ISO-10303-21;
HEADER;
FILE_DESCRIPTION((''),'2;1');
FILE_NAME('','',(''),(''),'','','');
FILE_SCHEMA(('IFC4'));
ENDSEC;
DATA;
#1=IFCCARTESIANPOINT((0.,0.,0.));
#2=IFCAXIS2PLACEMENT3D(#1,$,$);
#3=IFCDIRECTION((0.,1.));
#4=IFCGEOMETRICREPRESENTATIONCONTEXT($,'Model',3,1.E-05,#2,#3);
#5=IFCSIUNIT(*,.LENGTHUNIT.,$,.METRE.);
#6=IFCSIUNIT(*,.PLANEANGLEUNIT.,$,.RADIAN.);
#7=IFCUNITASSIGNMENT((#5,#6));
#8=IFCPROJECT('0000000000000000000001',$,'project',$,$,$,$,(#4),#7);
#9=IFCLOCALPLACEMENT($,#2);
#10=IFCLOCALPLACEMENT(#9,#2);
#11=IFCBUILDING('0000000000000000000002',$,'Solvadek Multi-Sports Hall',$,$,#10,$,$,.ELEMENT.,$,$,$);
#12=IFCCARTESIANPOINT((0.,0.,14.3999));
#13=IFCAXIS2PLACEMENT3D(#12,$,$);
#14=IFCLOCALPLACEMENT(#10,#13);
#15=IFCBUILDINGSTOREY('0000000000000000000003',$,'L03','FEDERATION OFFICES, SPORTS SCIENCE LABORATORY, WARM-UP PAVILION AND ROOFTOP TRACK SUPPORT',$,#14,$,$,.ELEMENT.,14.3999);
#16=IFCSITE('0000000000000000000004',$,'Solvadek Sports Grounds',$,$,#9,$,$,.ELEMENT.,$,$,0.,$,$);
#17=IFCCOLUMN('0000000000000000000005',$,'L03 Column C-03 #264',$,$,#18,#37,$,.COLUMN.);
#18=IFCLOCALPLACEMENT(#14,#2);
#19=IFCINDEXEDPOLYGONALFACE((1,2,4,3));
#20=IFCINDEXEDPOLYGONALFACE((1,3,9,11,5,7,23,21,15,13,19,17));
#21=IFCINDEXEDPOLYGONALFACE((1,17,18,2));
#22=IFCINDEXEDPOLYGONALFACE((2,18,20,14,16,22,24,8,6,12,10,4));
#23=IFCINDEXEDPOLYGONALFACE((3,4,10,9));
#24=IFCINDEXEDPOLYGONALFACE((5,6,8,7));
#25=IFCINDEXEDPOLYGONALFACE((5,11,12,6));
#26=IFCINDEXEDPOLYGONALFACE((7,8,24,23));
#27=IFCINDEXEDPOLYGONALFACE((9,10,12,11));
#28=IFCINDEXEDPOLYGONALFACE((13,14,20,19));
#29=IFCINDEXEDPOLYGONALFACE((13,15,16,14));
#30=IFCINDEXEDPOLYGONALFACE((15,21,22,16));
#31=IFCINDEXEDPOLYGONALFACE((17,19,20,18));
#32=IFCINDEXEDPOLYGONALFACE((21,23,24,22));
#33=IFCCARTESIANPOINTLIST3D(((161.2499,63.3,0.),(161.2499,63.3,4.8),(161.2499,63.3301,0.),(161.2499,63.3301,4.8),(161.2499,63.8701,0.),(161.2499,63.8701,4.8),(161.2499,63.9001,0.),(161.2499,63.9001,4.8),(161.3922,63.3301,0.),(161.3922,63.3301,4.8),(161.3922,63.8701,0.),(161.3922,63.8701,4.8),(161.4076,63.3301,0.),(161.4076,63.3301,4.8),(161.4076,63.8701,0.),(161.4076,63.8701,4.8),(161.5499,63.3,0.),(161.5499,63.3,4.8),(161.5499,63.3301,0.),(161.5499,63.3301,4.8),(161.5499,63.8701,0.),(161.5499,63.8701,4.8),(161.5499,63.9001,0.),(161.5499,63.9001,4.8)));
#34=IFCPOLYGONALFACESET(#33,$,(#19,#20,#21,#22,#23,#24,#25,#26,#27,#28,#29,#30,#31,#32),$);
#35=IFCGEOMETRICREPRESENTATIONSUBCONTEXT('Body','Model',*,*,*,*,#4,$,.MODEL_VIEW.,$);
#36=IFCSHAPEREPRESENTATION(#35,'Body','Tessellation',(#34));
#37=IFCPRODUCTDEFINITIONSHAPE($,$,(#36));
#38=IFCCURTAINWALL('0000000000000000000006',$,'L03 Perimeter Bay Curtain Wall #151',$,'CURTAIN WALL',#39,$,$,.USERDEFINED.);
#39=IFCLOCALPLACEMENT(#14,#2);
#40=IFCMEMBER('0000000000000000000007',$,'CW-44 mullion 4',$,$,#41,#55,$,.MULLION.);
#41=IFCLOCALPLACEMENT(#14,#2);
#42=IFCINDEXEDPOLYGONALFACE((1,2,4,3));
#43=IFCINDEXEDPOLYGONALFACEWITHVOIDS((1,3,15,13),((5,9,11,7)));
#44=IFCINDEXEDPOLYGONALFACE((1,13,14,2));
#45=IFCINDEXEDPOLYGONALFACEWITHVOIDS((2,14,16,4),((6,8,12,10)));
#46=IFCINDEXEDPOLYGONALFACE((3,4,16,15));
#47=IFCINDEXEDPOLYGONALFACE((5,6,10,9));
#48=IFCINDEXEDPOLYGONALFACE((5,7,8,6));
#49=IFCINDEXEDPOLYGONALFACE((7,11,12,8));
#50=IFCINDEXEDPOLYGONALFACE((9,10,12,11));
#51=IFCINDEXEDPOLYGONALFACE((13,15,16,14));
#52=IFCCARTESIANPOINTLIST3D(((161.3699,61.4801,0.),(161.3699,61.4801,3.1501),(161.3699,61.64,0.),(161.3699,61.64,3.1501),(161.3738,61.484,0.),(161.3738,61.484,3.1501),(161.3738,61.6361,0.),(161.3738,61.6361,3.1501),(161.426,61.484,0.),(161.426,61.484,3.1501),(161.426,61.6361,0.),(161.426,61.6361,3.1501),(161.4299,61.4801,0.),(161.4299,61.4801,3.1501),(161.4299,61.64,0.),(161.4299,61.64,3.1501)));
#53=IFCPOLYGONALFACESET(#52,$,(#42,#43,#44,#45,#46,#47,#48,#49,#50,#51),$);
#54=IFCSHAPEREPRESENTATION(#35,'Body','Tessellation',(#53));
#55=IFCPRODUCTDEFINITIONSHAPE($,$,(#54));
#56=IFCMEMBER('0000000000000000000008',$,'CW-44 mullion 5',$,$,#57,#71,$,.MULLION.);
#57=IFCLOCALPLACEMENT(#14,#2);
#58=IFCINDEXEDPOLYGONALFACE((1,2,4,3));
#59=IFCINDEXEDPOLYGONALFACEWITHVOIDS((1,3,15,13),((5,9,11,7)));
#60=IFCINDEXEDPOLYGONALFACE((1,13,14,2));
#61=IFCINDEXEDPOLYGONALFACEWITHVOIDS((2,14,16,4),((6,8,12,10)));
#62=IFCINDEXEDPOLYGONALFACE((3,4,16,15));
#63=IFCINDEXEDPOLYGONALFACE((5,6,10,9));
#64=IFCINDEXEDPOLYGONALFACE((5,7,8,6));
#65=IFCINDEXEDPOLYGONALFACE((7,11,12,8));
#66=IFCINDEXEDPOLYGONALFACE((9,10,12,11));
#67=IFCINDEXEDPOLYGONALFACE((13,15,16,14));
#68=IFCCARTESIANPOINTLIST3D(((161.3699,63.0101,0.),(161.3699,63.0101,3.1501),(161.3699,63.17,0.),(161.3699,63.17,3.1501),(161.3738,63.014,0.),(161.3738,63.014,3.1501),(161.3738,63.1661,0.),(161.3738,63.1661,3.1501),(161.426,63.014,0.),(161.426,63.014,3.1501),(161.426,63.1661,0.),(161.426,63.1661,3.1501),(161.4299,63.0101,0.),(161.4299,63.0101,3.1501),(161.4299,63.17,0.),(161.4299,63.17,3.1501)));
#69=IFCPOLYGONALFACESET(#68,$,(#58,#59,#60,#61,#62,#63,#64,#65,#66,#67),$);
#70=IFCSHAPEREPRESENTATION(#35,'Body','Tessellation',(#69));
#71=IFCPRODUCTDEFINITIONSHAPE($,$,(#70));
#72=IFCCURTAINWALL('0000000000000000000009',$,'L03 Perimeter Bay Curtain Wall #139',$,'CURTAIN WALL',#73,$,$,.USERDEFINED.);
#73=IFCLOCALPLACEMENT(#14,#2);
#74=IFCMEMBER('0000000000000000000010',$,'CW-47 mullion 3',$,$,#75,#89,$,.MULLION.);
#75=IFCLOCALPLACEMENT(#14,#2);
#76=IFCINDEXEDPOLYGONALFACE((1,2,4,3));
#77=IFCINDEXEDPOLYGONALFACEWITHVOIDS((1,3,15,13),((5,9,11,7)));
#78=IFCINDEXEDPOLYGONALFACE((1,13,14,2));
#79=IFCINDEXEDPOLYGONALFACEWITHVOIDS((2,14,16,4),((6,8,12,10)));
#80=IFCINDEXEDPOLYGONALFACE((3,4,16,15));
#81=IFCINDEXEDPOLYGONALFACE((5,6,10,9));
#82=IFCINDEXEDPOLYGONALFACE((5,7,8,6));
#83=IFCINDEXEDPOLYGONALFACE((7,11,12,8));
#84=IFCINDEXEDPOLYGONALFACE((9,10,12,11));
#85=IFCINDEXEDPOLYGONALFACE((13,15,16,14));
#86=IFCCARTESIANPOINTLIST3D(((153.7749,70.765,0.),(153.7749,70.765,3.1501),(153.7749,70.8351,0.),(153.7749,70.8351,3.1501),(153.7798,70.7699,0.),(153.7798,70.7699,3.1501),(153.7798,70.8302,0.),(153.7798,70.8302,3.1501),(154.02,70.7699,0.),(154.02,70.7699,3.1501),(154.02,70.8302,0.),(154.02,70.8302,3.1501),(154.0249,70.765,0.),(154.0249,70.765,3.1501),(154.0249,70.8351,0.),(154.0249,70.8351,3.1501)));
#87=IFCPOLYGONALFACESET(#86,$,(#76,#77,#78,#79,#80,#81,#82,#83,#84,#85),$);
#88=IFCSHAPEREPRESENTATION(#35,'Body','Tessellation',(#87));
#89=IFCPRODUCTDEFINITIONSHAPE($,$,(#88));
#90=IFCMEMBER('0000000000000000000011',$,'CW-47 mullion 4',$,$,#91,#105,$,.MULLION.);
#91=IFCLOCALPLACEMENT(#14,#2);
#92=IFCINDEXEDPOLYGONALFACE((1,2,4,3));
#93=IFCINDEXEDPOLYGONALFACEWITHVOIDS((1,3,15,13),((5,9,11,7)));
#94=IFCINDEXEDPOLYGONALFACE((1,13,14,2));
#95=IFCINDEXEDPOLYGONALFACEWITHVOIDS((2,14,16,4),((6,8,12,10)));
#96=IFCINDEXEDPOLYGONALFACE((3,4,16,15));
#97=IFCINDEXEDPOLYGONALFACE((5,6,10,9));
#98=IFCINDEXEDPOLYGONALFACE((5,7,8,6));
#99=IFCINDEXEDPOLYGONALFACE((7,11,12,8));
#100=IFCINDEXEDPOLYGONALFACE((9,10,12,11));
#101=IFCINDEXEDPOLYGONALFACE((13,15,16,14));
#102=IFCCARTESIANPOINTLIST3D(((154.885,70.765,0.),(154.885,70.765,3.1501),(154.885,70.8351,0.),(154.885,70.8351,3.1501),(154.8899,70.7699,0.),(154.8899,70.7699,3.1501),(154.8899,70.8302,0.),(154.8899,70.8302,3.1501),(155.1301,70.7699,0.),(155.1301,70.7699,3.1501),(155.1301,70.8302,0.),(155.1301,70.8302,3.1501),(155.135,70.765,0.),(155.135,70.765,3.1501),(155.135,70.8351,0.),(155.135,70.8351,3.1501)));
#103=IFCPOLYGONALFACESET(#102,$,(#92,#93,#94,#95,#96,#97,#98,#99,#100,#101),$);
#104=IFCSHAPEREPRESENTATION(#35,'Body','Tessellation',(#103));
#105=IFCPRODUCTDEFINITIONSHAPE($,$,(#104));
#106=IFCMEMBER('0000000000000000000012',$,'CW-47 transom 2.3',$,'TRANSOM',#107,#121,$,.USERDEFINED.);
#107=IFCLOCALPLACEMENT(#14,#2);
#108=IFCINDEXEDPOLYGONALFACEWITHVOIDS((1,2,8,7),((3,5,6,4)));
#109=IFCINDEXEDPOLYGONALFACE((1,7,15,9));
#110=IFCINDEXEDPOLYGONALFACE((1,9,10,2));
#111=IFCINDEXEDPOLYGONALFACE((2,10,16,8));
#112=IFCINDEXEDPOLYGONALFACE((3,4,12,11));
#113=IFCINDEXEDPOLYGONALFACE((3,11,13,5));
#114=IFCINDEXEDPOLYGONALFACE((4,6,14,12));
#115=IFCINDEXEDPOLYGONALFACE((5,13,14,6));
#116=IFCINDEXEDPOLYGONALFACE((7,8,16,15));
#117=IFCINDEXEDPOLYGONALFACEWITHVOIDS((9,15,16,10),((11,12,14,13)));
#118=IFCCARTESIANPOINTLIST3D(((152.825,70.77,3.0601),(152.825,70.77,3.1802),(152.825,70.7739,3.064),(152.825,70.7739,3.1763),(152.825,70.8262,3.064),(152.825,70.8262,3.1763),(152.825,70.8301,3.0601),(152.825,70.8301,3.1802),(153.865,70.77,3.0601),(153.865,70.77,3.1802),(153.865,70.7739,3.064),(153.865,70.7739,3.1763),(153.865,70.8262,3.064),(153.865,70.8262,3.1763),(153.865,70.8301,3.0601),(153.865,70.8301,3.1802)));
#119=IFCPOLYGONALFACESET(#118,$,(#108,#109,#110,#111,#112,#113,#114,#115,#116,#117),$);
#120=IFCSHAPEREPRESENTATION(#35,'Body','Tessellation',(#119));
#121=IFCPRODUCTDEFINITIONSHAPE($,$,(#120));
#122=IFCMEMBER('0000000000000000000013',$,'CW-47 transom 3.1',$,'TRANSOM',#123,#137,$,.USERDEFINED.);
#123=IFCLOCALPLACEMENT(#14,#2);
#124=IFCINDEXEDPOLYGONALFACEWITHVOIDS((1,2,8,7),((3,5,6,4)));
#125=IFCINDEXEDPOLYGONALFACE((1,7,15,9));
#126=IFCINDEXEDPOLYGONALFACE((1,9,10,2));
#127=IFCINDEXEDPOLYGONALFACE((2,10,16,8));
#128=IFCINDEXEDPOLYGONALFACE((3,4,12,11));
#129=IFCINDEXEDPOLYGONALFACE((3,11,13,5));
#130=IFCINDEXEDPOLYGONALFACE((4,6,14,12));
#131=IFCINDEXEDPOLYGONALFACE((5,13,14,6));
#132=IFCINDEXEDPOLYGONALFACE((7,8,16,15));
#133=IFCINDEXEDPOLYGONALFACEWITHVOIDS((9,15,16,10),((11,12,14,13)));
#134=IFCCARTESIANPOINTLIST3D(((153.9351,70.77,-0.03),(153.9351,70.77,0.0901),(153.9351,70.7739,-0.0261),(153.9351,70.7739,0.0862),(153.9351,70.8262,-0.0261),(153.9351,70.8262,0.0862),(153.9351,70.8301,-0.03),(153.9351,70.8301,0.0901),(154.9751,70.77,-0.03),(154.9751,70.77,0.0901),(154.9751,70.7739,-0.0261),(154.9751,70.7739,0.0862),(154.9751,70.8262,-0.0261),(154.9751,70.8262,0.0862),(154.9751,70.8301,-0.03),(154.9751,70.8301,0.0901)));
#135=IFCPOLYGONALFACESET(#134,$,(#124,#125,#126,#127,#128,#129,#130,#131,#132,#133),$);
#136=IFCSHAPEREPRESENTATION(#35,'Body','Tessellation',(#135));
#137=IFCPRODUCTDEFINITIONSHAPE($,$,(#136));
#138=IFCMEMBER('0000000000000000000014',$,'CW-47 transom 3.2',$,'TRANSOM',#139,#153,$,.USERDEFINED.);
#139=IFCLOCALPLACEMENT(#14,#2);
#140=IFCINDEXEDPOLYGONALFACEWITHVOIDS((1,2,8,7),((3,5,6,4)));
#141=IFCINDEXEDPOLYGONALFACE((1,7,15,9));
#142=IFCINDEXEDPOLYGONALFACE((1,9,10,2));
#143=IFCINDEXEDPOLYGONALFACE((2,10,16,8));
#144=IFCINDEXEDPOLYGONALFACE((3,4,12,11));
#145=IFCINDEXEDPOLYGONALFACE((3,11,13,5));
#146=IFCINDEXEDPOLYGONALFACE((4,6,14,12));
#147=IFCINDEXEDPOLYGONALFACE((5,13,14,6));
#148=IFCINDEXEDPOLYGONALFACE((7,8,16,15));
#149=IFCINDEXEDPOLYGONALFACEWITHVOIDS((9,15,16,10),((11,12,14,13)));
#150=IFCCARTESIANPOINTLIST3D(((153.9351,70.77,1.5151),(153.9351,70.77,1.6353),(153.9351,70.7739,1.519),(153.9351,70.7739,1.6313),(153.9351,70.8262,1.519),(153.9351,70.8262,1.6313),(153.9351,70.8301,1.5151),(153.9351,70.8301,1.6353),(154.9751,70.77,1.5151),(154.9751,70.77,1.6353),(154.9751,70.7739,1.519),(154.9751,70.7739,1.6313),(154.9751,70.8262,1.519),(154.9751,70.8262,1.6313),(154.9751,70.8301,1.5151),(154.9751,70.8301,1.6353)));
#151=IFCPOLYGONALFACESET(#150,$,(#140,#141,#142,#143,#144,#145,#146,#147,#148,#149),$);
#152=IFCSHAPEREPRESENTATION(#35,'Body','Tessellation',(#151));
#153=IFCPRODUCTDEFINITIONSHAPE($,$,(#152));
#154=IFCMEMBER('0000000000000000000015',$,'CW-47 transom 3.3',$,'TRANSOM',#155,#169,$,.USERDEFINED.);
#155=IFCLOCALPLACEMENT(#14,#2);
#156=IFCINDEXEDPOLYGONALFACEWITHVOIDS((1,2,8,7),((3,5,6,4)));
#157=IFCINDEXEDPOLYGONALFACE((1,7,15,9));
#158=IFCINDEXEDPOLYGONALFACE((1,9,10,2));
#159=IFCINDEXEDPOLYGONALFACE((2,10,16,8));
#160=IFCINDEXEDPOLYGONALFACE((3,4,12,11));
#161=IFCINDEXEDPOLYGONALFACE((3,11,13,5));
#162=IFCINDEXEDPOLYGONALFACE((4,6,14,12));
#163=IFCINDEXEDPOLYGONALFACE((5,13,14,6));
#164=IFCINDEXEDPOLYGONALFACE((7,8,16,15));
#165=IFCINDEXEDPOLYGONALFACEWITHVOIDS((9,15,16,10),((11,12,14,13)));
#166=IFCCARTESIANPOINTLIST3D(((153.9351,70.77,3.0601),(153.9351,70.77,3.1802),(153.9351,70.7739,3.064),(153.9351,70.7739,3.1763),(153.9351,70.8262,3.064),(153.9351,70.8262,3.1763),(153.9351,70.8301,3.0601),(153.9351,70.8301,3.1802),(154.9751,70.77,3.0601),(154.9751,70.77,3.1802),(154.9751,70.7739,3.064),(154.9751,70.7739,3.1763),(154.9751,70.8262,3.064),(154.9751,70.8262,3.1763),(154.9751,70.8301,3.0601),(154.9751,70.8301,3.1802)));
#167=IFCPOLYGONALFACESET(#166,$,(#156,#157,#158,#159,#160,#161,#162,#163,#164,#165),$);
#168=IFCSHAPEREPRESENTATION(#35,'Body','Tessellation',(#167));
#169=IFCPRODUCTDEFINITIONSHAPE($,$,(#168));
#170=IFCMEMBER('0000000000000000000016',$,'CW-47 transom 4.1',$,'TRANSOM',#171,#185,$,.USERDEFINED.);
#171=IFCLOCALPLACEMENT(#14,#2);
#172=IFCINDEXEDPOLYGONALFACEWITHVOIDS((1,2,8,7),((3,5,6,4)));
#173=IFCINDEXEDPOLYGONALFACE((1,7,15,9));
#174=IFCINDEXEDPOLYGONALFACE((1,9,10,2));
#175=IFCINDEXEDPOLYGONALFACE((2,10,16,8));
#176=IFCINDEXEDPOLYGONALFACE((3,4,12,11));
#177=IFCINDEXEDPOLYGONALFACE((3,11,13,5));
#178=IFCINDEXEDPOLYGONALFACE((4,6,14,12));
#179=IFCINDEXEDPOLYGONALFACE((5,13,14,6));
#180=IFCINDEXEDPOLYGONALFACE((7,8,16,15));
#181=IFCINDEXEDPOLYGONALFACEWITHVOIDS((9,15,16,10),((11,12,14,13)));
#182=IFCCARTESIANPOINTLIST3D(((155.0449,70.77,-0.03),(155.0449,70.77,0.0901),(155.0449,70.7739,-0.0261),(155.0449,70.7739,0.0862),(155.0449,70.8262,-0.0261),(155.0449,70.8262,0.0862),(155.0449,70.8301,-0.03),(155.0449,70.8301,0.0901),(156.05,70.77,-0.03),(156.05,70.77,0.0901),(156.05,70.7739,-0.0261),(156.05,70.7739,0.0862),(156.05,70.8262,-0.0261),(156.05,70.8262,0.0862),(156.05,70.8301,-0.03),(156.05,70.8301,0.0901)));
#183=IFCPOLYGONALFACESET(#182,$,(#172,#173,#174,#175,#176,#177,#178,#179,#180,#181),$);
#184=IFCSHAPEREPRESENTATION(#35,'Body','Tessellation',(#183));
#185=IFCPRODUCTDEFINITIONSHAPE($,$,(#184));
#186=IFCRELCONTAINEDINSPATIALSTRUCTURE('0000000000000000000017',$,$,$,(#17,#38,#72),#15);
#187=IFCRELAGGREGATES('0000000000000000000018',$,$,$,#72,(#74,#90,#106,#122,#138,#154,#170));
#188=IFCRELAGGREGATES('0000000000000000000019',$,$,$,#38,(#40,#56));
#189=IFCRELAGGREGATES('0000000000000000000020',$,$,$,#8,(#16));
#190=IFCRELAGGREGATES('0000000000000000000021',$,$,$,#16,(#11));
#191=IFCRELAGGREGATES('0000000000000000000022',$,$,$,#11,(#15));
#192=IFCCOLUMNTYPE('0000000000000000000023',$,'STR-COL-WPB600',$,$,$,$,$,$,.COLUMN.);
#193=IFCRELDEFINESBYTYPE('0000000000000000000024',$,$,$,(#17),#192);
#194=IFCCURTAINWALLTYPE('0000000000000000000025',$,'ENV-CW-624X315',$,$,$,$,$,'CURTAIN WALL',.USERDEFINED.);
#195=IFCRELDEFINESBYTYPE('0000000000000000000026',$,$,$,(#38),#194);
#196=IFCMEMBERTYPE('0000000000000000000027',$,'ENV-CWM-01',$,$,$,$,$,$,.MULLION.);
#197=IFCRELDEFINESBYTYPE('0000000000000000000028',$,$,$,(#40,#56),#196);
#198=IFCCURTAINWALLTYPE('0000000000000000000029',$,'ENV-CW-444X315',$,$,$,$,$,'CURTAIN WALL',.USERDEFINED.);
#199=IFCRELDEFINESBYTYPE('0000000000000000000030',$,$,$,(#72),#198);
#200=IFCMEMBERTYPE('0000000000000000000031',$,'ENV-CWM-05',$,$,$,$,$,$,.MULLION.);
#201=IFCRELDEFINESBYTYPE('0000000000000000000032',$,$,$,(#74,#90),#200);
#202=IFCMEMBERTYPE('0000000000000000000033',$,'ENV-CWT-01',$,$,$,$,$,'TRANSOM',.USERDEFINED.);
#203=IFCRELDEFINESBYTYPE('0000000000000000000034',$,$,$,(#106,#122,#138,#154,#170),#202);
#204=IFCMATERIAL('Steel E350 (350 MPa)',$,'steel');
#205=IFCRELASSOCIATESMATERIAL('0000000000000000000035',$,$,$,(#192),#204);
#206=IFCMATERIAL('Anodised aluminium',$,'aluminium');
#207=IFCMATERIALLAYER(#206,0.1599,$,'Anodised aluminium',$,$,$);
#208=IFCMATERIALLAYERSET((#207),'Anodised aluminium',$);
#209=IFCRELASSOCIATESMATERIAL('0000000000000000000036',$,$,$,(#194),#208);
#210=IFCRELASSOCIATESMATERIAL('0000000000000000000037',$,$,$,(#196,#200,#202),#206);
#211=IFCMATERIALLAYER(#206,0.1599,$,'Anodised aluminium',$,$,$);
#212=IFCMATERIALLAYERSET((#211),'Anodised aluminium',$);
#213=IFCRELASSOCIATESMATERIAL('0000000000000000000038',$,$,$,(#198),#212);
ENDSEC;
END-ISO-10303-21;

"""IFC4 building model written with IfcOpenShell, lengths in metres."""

from ifc_helpers import new_model, si_unit, direction, frame, origin, origin_2d, place, context, subcontext, project, spatial, hollow_rectangle, i_section, extrude, material, layer, layer_set, material_profile, profile_set, type_object, element, aggregate, save


model = new_model("IFC4")

# Units and contexts
model_context = context("Model", 3, precision=1e-05, world=origin(), true_north=direction((0.0, 1.0)))
body_context = subcontext(model_context, "Body", "Model", "MODEL_VIEW")
ifc_project = project(units=[si_unit("LENGTHUNIT", "METRE"), si_unit("PLANEANGLEUNIT", "RADIAN")], contexts=[model_context])

# Site, building, storey
site_placement = place(None, origin())
site = spatial("IfcSite", under=ifc_project, at=site_placement, Name="Solvadek Sports Grounds", CompositionType="ELEMENT", RefElevation=0.0)
building_placement = place(site_placement, origin())
building = spatial("IfcBuilding", under=site, at=building_placement, Name="Solvadek Multi-Sports Hall", CompositionType="ELEMENT")
storey_placement = place(building_placement, frame((0.0, 0.0, 14.3999)))
storey = spatial("IfcBuildingStorey", under=building, at=storey_placement, Name="L03", Description="FEDERATION OFFICES, SPORTS SCIENCE LABORATORY, WARM-UP PAVILION AND ROOFTOP TRACK SUPPORT", CompositionType="ELEMENT", Elevation=14.3999)

# Column
ifc_material_1 = material(Name="Steel E350 (350 MPa)", Category="steel")
ifc_material_profile_1 = material_profile(ifc_material_1, i_section(OverallWidth=0.3, OverallDepth=0.6001, WebThickness=0.0154, FlangeThickness=0.03, at=origin_2d()), Name="WPB 600")
ifc_profile_set_1 = profile_set([ifc_material_profile_1], Name="Steel E350 (350 MPa)")
column_type = type_object("IfcColumnType", Name="STR-COL-WPB600", PredefinedType="COLUMN", material=ifc_profile_set_1)
column_placement = place(storey_placement, frame((161.3999, 63.6001, 0.0), z_axis=(0.0, 0.0, 1.0), x_axis=(1.0, 0.0, 0.0)))
element("IfcColumn", 1, at=column_placement, inside=storey, type_object=column_type, Name="L03 Column C-03 #264", PredefinedType="COLUMN", context=body_context, shape_type="SweptSolid", body=[
    extrude(i_section(OverallWidth=0.3, OverallDepth=0.6001, WebThickness=0.0154, FlangeThickness=0.03, at=origin_2d()), origin(), (0.0, 0.0, 1.0), 4.8),
])

# Curtain walls, members
ifc_material_2 = material(Name="Anodised aluminium", Category="aluminium")
ifc_layer_1 = layer(ifc_material_2, 0.1599, Name="Anodised aluminium")
ifc_layer_set_1 = layer_set([ifc_layer_1], Name="Anodised aluminium")
curtain_wall_type_1 = type_object("IfcCurtainWallType", Name="ENV-CW-624X315", ElementType="CURTAIN WALL", PredefinedType="USERDEFINED", material=ifc_layer_set_1)
curtain_wall_1_placement = place(storey_placement, origin())
curtain_wall_1 = element("IfcCurtainWall", 2, at=curtain_wall_1_placement, inside=storey, type_object=curtain_wall_type_1, Name="L03 Perimeter Bay Curtain Wall #151", ObjectType="CURTAIN WALL", PredefinedType="USERDEFINED")
ifc_material_profile_2 = material_profile(ifc_material_2, hollow_rectangle(XDim=0.0601, YDim=0.1599, WallThickness=0.0039, at=origin_2d()), Name="ALU-M 160x60x4")
ifc_profile_set_2 = profile_set([ifc_material_profile_2], Name="Anodised aluminium")
member_type_1 = type_object("IfcMemberType", Name="ENV-CWM-01", PredefinedType="MULLION", material=ifc_profile_set_2)
member_1_placement = place(storey_placement, frame((161.3999, 61.5601, 0.0), z_axis=(0.0, 0.0, 1.0), x_axis=(-1.0, 0.0, 0.0)))
member_1 = element("IfcMember", 3, at=member_1_placement, type_object=member_type_1, Name="CW-44 mullion 4", PredefinedType="MULLION", context=body_context, shape_type="SweptSolid", body=[
    extrude(hollow_rectangle(XDim=0.0601, YDim=0.1599, WallThickness=0.0039, at=origin_2d()), origin(), (0.0, 0.0, 1.0), 3.1501),
])
member_2_placement = place(storey_placement, frame((161.3999, 63.0901, 0.0), z_axis=(0.0, 0.0, 1.0), x_axis=(-1.0, 0.0, 0.0)))
member_2 = element("IfcMember", 4, at=member_2_placement, type_object=member_type_1, Name="CW-44 mullion 5", PredefinedType="MULLION", context=body_context, shape_type="SweptSolid", body=[
    extrude(hollow_rectangle(XDim=0.0601, YDim=0.1599, WallThickness=0.0039, at=origin_2d()), origin(), (0.0, 0.0, 1.0), 3.1501),
])
ifc_layer_2 = layer(ifc_material_2, 0.1599, Name="Anodised aluminium")
ifc_layer_set_2 = layer_set([ifc_layer_2], Name="Anodised aluminium")
curtain_wall_type_2 = type_object("IfcCurtainWallType", Name="ENV-CW-444X315", ElementType="CURTAIN WALL", PredefinedType="USERDEFINED", material=ifc_layer_set_2)
curtain_wall_2_placement = place(storey_placement, origin())
curtain_wall_2 = element("IfcCurtainWall", 5, at=curtain_wall_2_placement, inside=storey, type_object=curtain_wall_type_2, Name="L03 Perimeter Bay Curtain Wall #139", ObjectType="CURTAIN WALL", PredefinedType="USERDEFINED")
ifc_material_profile_3 = material_profile(ifc_material_2, hollow_rectangle(XDim=0.0701, YDim=0.25, WallThickness=0.0049, at=origin_2d()), Name="ALU-M 250x70x5")
ifc_profile_set_3 = profile_set([ifc_material_profile_3], Name="Anodised aluminium")
member_type_2 = type_object("IfcMemberType", Name="ENV-CWM-05", PredefinedType="MULLION", material=ifc_profile_set_3)
member_3_placement = place(storey_placement, frame((153.8999, 70.8, 0.0), z_axis=(0.0, 0.0, 1.0), x_axis=(0.0, 1.0, 0.0)))
member_3 = element("IfcMember", 6, at=member_3_placement, type_object=member_type_2, Name="CW-47 mullion 3", PredefinedType="MULLION", context=body_context, shape_type="SweptSolid", body=[
    extrude(hollow_rectangle(XDim=0.0701, YDim=0.25, WallThickness=0.0049, at=origin_2d()), origin(), (0.0, 0.0, 1.0), 3.1501),
])
member_4_placement = place(storey_placement, frame((155.01, 70.8, 0.0), z_axis=(0.0, 0.0, 1.0), x_axis=(0.0, 1.0, 0.0)))
member_4 = element("IfcMember", 7, at=member_4_placement, type_object=member_type_2, Name="CW-47 mullion 4", PredefinedType="MULLION", context=body_context, shape_type="SweptSolid", body=[
    extrude(hollow_rectangle(XDim=0.0701, YDim=0.25, WallThickness=0.0049, at=origin_2d()), origin(), (0.0, 0.0, 1.0), 3.1501),
])
ifc_material_profile_4 = material_profile(ifc_material_2, hollow_rectangle(XDim=0.0601, YDim=0.1201, WallThickness=0.0039, at=origin_2d()), Name="ALU-T 120x60x4")
ifc_profile_set_4 = profile_set([ifc_material_profile_4], Name="Anodised aluminium")
member_type_3 = type_object("IfcMemberType", Name="ENV-CWT-01", ElementType="TRANSOM", PredefinedType="USERDEFINED", material=ifc_profile_set_4)
member_5_placement = place(storey_placement, frame((152.825, 70.8, 3.1201), z_axis=(1.0, 0.0, 0.0), x_axis=(0.0, 1.0, 0.0)))
member_5 = element("IfcMember", 8, at=member_5_placement, type_object=member_type_3, Name="CW-47 transom 2.3", ObjectType="TRANSOM", PredefinedType="USERDEFINED", context=body_context, shape_type="SweptSolid", body=[
    extrude(hollow_rectangle(XDim=0.0601, YDim=0.1201, WallThickness=0.0039, at=origin_2d()), origin(), (0.0, 0.0, 1.0), 1.04),
])
member_6_placement = place(storey_placement, frame((153.9351, 70.8, 0.03), z_axis=(1.0, 0.0, 0.0), x_axis=(0.0, 1.0, 0.0)))
member_6 = element("IfcMember", 9, at=member_6_placement, type_object=member_type_3, Name="CW-47 transom 3.1", ObjectType="TRANSOM", PredefinedType="USERDEFINED", context=body_context, shape_type="SweptSolid", body=[
    extrude(hollow_rectangle(XDim=0.0601, YDim=0.1201, WallThickness=0.0039, at=origin_2d()), origin(), (0.0, 0.0, 1.0), 1.04),
])
member_7_placement = place(storey_placement, frame((153.9351, 70.8, 1.5752), z_axis=(1.0, 0.0, 0.0), x_axis=(0.0, 1.0, 0.0)))
member_7 = element("IfcMember", 10, at=member_7_placement, type_object=member_type_3, Name="CW-47 transom 3.2", ObjectType="TRANSOM", PredefinedType="USERDEFINED", context=body_context, shape_type="SweptSolid", body=[
    extrude(hollow_rectangle(XDim=0.0601, YDim=0.1201, WallThickness=0.0039, at=origin_2d()), origin(), (0.0, 0.0, 1.0), 1.04),
])
member_8_placement = place(storey_placement, frame((153.9351, 70.8, 3.1201), z_axis=(1.0, 0.0, 0.0), x_axis=(0.0, 1.0, 0.0)))
member_8 = element("IfcMember", 11, at=member_8_placement, type_object=member_type_3, Name="CW-47 transom 3.3", ObjectType="TRANSOM", PredefinedType="USERDEFINED", context=body_context, shape_type="SweptSolid", body=[
    extrude(hollow_rectangle(XDim=0.0601, YDim=0.1201, WallThickness=0.0039, at=origin_2d()), origin(), (0.0, 0.0, 1.0), 1.04),
])
member_9_placement = place(storey_placement, frame((155.0449, 70.8, 0.03), z_axis=(1.0, 0.0, 0.0), x_axis=(0.0, 1.0, 0.0)))
member_9 = element("IfcMember", 12, at=member_9_placement, type_object=member_type_3, Name="CW-47 transom 4.1", ObjectType="TRANSOM", PredefinedType="USERDEFINED", context=body_context, shape_type="SweptSolid", body=[
    extrude(hollow_rectangle(XDim=0.0601, YDim=0.1201, WallThickness=0.0039, at=origin_2d()), origin(), (0.0, 0.0, 1.0), 1.0051),
])

aggregate(curtain_wall_2, [member_3, member_4, member_5, member_6, member_7, member_8, member_9])
aggregate(curtain_wall_1, [member_1, member_2])

save(model, "model.ifc")
